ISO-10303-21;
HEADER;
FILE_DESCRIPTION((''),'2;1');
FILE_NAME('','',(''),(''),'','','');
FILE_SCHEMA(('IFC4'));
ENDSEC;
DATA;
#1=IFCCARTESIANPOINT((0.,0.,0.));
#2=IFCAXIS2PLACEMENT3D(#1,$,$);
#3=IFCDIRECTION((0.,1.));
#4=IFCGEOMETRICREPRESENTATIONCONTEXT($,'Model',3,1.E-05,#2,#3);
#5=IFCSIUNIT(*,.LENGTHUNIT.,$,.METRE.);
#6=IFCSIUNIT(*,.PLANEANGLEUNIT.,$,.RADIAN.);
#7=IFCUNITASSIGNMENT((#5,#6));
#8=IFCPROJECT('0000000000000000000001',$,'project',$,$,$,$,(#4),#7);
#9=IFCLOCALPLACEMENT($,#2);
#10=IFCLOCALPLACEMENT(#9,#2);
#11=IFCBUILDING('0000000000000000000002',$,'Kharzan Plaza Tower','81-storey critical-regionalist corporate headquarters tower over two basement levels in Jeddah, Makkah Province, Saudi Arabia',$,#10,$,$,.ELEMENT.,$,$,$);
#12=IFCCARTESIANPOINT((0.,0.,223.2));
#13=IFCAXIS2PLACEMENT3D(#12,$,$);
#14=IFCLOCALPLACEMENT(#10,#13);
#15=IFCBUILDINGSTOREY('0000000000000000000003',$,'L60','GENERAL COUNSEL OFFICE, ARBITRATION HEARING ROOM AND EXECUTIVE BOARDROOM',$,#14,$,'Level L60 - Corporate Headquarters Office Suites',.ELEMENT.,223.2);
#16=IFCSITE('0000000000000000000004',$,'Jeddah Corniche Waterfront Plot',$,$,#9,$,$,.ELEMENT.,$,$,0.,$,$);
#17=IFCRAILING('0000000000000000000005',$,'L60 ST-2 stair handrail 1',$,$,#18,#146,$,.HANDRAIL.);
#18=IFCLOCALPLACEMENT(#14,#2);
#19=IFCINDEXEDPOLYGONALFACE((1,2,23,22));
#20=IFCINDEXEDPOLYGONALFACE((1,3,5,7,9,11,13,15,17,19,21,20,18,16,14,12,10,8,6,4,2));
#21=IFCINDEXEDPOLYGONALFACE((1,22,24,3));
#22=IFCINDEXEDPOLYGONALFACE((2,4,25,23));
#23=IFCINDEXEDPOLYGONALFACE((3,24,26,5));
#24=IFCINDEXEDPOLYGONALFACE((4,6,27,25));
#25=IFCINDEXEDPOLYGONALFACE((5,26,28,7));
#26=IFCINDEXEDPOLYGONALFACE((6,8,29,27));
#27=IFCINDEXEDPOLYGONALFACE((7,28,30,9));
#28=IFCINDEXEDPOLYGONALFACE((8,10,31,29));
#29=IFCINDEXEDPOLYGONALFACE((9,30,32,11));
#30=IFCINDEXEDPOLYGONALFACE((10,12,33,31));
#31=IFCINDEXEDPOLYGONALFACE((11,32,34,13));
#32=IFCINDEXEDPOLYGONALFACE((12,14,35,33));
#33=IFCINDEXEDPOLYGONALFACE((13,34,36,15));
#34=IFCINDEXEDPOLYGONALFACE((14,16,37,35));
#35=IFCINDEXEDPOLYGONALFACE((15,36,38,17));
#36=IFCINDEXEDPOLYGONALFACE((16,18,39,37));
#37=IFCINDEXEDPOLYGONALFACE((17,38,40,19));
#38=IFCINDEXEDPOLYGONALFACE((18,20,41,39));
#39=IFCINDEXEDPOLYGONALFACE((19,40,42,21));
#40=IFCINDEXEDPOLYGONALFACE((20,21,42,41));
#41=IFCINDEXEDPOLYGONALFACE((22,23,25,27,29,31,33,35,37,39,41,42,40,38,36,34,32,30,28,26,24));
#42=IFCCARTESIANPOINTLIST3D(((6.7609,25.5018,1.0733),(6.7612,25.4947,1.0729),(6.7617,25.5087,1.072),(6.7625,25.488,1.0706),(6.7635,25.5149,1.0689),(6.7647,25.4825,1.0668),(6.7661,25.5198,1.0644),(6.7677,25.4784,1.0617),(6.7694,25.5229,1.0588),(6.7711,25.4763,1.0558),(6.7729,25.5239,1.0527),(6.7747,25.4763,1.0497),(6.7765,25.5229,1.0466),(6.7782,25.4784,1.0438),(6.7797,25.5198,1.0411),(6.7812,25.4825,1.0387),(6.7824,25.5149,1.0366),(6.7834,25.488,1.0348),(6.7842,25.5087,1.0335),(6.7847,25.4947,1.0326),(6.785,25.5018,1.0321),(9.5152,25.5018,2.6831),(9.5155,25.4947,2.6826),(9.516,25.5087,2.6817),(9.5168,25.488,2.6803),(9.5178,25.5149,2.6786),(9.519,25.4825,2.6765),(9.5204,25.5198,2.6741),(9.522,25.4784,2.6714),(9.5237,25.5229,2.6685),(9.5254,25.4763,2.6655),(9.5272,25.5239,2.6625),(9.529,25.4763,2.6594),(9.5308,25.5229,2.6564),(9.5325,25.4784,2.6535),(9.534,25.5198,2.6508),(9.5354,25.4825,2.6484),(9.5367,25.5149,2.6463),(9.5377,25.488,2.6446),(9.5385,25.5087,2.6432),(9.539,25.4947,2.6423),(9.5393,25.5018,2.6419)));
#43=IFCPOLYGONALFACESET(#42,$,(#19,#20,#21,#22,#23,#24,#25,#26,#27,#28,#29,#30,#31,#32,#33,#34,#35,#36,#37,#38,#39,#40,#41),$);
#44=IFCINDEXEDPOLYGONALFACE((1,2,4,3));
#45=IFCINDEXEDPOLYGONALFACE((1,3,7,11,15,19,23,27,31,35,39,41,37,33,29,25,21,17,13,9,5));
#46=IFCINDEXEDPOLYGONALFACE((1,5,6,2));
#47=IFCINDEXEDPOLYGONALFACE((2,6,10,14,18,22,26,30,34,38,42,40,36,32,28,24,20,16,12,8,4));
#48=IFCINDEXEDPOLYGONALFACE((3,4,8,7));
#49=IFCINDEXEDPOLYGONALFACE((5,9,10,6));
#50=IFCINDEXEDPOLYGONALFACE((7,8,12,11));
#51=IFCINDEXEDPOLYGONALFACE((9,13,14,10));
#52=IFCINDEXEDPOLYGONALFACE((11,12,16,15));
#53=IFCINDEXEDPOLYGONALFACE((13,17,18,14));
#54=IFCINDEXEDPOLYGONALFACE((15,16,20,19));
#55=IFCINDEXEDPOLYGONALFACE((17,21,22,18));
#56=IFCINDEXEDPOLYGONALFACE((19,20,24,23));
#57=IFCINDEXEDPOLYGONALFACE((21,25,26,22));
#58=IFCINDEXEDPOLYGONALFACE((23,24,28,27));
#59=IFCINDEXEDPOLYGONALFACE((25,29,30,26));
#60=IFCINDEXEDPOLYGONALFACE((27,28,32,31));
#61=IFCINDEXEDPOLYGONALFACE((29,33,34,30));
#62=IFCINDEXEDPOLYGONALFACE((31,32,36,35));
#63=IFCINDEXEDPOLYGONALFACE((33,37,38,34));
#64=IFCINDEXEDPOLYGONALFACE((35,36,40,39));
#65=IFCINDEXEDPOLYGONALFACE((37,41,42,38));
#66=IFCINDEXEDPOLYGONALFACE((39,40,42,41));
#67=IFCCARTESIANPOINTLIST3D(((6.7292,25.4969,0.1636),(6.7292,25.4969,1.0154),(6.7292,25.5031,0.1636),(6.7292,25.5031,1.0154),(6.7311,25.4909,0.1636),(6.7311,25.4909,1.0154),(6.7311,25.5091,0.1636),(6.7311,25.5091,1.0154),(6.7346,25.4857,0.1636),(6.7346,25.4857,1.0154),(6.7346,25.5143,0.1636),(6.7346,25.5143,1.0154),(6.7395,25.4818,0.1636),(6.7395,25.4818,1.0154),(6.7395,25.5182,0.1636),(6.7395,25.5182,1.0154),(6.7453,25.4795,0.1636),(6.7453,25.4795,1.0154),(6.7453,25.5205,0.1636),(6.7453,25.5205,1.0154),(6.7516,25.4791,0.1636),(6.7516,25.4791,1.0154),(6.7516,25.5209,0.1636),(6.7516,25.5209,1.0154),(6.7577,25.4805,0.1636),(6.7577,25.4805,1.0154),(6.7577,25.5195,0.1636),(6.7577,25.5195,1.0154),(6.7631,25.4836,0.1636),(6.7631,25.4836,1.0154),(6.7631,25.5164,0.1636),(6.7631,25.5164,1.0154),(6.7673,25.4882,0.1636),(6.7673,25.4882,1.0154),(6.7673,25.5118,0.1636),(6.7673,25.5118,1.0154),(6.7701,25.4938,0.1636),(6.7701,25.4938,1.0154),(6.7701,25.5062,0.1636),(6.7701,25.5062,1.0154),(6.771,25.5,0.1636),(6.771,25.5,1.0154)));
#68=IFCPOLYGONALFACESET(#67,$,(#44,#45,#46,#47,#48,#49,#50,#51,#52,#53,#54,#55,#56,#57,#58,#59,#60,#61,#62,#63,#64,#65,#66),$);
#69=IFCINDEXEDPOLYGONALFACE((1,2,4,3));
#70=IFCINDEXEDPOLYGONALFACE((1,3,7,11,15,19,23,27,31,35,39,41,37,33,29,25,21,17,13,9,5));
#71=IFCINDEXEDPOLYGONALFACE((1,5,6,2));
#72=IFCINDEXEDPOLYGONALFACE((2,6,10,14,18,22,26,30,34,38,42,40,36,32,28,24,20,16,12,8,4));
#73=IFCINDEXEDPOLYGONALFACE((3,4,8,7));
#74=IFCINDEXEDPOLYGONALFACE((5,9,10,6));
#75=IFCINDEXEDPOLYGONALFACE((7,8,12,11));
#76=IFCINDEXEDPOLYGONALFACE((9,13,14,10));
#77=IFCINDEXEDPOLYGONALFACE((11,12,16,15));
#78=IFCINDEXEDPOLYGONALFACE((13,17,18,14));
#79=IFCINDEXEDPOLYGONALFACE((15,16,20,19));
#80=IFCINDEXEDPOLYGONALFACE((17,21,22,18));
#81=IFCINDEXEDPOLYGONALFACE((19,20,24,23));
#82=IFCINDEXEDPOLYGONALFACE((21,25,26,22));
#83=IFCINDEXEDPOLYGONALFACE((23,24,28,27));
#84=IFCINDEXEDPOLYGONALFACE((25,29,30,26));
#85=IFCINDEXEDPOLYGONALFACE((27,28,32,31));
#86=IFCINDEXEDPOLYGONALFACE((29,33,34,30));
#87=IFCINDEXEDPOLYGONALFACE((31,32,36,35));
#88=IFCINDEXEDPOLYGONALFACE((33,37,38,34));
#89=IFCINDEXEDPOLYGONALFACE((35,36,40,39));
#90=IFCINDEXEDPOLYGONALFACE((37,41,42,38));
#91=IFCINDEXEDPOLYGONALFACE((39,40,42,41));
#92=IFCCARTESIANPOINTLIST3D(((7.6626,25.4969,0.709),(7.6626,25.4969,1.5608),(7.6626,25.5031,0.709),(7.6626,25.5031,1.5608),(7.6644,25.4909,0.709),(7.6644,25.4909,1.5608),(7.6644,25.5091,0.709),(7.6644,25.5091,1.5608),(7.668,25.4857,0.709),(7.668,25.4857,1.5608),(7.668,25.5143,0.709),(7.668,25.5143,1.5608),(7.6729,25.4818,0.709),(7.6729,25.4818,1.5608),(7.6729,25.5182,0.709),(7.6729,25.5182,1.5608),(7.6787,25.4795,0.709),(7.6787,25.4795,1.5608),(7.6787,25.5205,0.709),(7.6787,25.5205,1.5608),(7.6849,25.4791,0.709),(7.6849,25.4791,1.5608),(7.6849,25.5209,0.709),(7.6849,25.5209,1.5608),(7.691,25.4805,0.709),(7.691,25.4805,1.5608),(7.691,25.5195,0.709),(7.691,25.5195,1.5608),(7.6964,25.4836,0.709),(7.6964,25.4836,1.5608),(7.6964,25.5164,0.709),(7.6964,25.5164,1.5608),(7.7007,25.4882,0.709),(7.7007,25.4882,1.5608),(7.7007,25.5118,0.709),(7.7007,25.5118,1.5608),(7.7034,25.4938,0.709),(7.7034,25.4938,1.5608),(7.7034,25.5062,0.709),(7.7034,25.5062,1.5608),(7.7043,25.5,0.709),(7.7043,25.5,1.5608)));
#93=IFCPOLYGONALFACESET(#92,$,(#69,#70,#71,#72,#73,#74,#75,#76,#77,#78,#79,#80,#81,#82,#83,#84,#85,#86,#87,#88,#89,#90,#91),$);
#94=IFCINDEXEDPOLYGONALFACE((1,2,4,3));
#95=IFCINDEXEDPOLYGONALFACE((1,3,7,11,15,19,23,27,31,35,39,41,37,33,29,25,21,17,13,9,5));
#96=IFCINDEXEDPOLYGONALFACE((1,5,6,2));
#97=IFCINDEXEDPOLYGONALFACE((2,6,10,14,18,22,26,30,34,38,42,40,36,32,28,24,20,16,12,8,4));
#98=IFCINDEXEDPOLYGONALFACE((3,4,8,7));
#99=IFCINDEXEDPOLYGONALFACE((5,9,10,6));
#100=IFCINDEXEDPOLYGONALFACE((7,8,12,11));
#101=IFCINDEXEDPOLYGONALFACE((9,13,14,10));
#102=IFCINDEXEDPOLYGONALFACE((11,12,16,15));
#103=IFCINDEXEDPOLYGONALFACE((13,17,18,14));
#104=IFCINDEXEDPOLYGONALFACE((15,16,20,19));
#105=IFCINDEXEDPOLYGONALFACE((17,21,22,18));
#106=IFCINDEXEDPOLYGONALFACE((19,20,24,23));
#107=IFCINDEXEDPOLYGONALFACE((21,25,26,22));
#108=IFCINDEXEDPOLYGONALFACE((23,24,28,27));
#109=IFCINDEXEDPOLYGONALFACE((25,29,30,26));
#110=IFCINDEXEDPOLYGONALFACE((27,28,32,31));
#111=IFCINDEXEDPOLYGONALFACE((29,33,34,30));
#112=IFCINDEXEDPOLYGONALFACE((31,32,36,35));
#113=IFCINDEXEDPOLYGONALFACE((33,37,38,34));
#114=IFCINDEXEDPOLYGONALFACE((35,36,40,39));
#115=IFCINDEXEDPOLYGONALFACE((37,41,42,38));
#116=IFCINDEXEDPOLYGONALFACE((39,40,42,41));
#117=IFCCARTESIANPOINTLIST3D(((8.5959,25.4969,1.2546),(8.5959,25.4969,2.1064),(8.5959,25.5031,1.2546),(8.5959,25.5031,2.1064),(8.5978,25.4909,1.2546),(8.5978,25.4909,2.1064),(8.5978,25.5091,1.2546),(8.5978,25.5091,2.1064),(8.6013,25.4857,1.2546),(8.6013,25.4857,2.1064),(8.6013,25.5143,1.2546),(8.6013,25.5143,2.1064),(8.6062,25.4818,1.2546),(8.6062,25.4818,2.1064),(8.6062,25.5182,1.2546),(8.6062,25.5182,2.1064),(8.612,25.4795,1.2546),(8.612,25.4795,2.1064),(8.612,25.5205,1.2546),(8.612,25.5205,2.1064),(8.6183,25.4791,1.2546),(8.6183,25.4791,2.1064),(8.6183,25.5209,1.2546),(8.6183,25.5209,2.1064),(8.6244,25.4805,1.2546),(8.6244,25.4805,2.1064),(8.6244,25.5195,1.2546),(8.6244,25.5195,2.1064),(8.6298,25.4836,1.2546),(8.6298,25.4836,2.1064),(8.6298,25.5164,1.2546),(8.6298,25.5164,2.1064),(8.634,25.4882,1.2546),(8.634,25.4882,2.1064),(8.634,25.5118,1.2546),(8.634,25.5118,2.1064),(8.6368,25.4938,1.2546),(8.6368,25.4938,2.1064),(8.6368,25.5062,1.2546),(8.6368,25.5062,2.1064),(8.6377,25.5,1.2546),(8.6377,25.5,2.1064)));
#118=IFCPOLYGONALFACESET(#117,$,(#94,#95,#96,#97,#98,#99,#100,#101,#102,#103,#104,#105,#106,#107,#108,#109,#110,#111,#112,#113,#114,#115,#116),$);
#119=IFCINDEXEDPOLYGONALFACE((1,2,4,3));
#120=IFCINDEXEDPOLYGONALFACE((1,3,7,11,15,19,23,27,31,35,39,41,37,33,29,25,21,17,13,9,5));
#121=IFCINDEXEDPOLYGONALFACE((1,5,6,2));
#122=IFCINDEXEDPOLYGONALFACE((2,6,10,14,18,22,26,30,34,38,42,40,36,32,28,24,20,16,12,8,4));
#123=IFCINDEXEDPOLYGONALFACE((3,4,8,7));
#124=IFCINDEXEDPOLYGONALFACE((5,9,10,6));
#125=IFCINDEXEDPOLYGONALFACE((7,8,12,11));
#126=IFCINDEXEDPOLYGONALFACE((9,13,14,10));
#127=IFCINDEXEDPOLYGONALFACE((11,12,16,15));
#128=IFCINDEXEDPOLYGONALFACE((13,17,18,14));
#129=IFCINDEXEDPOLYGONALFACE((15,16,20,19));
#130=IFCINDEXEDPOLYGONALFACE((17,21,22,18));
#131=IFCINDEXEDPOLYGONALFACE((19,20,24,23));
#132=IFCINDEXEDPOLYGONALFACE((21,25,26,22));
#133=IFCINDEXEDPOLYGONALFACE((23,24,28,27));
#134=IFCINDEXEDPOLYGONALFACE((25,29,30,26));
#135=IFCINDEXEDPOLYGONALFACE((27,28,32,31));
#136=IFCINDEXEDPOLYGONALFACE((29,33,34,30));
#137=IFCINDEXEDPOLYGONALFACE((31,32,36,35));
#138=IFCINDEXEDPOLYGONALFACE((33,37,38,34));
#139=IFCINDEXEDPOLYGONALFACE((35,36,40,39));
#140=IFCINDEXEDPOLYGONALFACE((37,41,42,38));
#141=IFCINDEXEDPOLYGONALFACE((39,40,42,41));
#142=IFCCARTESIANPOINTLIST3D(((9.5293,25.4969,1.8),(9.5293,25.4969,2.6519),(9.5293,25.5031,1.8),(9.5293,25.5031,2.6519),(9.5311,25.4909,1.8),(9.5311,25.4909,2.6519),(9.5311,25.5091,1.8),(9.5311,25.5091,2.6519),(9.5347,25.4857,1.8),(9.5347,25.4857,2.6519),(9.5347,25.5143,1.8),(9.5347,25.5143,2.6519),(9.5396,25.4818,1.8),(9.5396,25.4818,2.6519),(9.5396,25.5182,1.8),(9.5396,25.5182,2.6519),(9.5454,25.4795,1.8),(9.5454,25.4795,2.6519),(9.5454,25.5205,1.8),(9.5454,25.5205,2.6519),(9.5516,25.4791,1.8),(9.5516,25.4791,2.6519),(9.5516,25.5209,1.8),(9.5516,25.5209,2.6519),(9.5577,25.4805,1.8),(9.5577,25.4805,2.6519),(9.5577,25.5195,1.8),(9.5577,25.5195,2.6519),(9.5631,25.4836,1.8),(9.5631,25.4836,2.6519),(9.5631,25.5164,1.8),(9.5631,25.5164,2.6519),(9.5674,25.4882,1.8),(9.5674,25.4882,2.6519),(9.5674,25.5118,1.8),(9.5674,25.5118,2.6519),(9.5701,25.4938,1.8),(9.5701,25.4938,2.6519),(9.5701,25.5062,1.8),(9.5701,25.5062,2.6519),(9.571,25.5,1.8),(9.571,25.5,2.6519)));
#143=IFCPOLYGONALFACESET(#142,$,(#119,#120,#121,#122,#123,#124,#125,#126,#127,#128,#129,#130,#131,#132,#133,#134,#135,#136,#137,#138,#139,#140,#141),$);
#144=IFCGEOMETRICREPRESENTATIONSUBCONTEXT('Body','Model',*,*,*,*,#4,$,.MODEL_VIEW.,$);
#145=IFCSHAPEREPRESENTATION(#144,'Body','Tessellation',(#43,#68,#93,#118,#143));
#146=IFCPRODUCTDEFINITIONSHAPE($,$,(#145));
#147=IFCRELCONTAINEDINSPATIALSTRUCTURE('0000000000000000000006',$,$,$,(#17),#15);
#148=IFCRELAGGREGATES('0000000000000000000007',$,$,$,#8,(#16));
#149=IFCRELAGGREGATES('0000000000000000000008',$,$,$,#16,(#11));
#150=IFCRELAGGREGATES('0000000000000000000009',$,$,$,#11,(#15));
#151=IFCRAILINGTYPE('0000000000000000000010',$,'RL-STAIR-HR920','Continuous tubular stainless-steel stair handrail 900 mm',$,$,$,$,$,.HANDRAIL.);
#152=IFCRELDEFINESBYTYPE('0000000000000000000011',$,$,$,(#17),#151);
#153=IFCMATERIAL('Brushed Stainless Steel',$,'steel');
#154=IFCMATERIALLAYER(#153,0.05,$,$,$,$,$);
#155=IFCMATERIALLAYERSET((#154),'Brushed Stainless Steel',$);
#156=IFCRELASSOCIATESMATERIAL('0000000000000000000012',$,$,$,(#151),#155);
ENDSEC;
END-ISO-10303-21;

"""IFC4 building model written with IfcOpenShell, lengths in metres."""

from ifc_helpers import new_model, si_unit, direction, frame, origin, origin_2d, place, context, subcontext, project, spatial, circle, extrude, source, transform, mapped, material, layer, layer_set, type_object, element, save


model = new_model("IFC4")

# Units and contexts
model_context = context("Model", 3, precision=1e-05, world=origin(), true_north=direction((0.0, 1.0)))
body_context = subcontext(model_context, "Body", "Model", "MODEL_VIEW")
ifc_project = project(units=[si_unit("LENGTHUNIT", "METRE"), si_unit("PLANEANGLEUNIT", "RADIAN")], contexts=[model_context])

# Site, building, storey
site_placement = place(None, origin())
site = spatial("IfcSite", under=ifc_project, at=site_placement, Name="Jeddah Corniche Waterfront Plot", CompositionType="ELEMENT", RefElevation=0.0)
building_placement = place(site_placement, origin())
building = spatial("IfcBuilding", under=site, at=building_placement, Name="Kharzan Plaza Tower", Description="81-storey critical-regionalist corporate headquarters tower over two basement levels in Jeddah, Makkah Province, Saudi Arabia", CompositionType="ELEMENT")
storey_placement = place(building_placement, frame((0.0, 0.0, 223.2)))
storey = spatial("IfcBuildingStorey", under=building, at=storey_placement, Name="L60", Description="GENERAL COUNSEL OFFICE, ARBITRATION HEARING ROOM AND EXECUTIVE BOARDROOM", LongName="Level L60 - Corporate Headquarters Office Suites", CompositionType="ELEMENT", Elevation=223.2)

# Shared definitions
ifc_material_1 = material(Name="Brushed Stainless Steel", Category="steel")

# Railing
ifc_layer_1 = layer(ifc_material_1, 0.05)
ifc_layer_set_1 = layer_set([ifc_layer_1], Name="Brushed Stainless Steel")
railing_type_1 = type_object("IfcRailingType", Name="RL-STAIR-HR920", Description="Continuous tubular stainless-steel stair handrail 900 mm", PredefinedType="HANDRAIL", material=ifc_layer_set_1)
shared_shape_1 = source(origin(), body_context, "Body", "SweptSolid", [
    extrude(circle(Radius=0.0239, at=origin_2d()), frame((0.0229, 0.0, 0.8892), z_axis=(0.863361, 0.0, 0.504587), x_axis=(0.0, 1.0, 0.0)), (0.0, 0.0, 1.0), 3.1902),
    extrude(circle(Radius=0.021, at=origin_2d()), origin(), (0.0, 0.0, 1.0), 0.8518),
    extrude(circle(Radius=0.021, at=origin_2d()), frame((0.9333, 0.0, 0.5454)), (0.0, 0.0, 1.0), 0.8518),
    extrude(circle(Radius=0.021, at=origin_2d()), frame((1.8667, 0.0, 1.0911)), (0.0, 0.0, 1.0), 0.8518),
    extrude(circle(Radius=0.021, at=origin_2d()), frame((2.8, 0.0, 1.6365)), (0.0, 0.0, 1.0), 0.8518),
])
railing_1_placement = place(storey_placement, frame((6.75, 25.5, 0.1636)))
element("IfcRailing", 1, at=railing_1_placement, inside=storey, type_object=railing_type_1, Name="L60 ST-2 stair handrail 1", PredefinedType="HANDRAIL", context=body_context, shape_type="MappedRepresentation", body=[
    mapped(shared_shape_1, transform((0.0, 0.0, 0.0), x_axis=(1.0, 0.0, 0.0), y_axis=(0.0, 1.0, 0.0), z_axis=(0.0, 0.0, 1.0))),
])

save(model, "model.ifc")
